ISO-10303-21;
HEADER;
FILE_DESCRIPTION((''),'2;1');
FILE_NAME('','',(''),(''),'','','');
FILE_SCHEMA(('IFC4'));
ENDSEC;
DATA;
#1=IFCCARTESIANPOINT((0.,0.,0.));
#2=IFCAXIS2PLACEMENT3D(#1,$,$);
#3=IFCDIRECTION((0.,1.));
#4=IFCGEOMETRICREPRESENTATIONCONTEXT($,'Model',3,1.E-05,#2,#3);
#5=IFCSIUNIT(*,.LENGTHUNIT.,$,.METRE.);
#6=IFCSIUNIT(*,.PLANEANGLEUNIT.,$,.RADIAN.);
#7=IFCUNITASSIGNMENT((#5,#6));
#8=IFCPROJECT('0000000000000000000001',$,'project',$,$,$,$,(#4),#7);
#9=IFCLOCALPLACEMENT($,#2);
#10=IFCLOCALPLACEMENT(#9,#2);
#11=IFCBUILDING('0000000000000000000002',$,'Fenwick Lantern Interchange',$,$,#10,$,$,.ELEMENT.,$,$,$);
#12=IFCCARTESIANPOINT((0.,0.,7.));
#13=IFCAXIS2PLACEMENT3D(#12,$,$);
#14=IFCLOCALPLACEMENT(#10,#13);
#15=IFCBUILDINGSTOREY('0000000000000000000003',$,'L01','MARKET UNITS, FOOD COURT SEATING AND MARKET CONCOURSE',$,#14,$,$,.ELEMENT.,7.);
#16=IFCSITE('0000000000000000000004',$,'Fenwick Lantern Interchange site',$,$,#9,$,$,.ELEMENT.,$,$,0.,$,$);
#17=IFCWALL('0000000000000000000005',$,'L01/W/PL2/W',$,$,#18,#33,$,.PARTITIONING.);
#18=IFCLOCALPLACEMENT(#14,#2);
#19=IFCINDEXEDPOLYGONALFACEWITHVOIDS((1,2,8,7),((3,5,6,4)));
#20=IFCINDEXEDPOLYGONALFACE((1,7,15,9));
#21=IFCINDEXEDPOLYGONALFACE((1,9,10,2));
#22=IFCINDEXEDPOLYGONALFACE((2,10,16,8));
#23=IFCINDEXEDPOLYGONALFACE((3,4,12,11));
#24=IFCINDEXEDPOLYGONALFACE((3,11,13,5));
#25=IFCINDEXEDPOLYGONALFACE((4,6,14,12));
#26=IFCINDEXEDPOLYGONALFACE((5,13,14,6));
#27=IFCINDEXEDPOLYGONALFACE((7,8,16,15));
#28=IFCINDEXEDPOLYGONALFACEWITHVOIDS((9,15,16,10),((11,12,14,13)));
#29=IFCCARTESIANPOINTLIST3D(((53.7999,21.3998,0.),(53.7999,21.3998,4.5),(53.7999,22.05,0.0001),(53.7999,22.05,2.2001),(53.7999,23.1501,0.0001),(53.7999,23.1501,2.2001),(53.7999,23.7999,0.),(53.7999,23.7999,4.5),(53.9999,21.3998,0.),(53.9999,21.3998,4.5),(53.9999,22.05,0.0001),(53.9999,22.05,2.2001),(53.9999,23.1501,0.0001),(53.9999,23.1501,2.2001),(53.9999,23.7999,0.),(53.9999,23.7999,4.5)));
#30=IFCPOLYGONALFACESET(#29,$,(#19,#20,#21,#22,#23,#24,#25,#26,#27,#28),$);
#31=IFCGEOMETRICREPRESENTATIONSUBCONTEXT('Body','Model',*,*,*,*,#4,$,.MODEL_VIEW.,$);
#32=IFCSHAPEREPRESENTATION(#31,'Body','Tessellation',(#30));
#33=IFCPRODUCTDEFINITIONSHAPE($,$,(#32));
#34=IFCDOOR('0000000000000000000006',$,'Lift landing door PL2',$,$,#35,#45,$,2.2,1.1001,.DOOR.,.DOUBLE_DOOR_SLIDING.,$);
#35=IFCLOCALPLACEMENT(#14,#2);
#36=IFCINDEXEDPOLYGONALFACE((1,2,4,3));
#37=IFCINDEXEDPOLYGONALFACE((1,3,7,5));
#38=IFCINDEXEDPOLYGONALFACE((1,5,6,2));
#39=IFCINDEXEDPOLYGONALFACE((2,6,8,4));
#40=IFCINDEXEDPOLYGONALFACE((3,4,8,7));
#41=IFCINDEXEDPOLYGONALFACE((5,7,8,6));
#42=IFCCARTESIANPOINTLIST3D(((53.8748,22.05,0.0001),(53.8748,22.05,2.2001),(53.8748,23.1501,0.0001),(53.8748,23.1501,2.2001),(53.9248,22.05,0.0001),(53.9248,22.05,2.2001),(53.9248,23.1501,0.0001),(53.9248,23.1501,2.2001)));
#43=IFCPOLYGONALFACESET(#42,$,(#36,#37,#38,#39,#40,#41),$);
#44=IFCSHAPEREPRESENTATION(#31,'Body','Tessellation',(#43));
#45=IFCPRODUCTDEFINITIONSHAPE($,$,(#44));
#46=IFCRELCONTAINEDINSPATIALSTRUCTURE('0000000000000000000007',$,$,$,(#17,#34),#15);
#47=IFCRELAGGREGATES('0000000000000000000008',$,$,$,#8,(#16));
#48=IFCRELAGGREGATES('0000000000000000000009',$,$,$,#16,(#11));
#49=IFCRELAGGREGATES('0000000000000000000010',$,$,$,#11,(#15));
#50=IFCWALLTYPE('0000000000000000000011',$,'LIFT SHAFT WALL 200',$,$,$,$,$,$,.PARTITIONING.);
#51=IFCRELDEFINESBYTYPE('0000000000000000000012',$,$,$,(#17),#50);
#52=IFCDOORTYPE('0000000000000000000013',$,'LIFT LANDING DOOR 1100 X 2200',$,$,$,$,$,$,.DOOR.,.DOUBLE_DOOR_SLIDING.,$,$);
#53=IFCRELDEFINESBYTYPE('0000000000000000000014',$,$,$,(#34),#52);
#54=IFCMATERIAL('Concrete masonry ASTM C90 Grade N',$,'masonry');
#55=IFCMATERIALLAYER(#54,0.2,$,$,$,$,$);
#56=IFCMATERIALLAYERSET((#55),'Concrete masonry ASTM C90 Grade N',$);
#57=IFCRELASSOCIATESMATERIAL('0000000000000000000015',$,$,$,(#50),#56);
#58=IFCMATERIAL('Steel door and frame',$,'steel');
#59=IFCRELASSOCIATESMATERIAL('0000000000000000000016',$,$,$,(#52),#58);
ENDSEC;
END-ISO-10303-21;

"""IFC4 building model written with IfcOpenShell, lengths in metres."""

from ifc_helpers import new_model, si_unit, direction, frame, frame_2d, origin, place, context, subcontext, project, spatial, rectangle, extrude, material, layer, layer_set, type_object, element, fill, save


model = new_model("IFC4")

# Units and contexts
model_context = context("Model", 3, precision=1e-05, world=origin(), true_north=direction((0.0, 1.0)))
body_context = subcontext(model_context, "Body", "Model", "MODEL_VIEW")
ifc_project = project(units=[si_unit("LENGTHUNIT", "METRE"), si_unit("PLANEANGLEUNIT", "RADIAN")], contexts=[model_context])

# Site, building, storey
site_placement = place(None, origin())
site = spatial("IfcSite", under=ifc_project, at=site_placement, Name="Fenwick Lantern Interchange site", CompositionType="ELEMENT", RefElevation=0.0)
building_placement = place(site_placement, origin())
building = spatial("IfcBuilding", under=site, at=building_placement, Name="Fenwick Lantern Interchange", CompositionType="ELEMENT")
storey_placement = place(building_placement, frame((0.0, 0.0, 7.0)))
storey = spatial("IfcBuildingStorey", under=building, at=storey_placement, Name="L01", Description="MARKET UNITS, FOOD COURT SEATING AND MARKET CONCOURSE", CompositionType="ELEMENT", Elevation=7.0)

# Shared definitions
ifc_material_1 = material(Name="Concrete masonry ASTM C90 Grade N", Category="masonry")
ifc_layer = layer(ifc_material_1, 0.2)
ifc_layer_set = layer_set([ifc_layer], Name="Concrete masonry ASTM C90 Grade N")
wall_type = type_object("IfcWallType", Name="LIFT SHAFT WALL 200", PredefinedType="PARTITIONING", material=ifc_layer_set)

# Wall, opening, door
wall_1_placement = place(storey_placement, frame((53.8999, 23.8, 0.0), z_axis=(0.0, 0.0, 1.0), x_axis=(0.0, -1.0, 0.0)))
wall_1 = element("IfcWall", 1, at=wall_1_placement, inside=storey, type_object=wall_type, Name="L01/W/PL2/W", PredefinedType="PARTITIONING", context=body_context, shape_type="SweptSolid", body=[
    extrude(rectangle(XDim=2.4001, YDim=0.2, at=frame_2d((1.2002, 0.0))), origin(), (0.0, 0.0, 1.0), 4.5),
])
opening_placement = place(wall_1_placement, frame((0.6499, 0.0, 0.0)))
opening = element("IfcOpeningElement", 2, at=opening_placement, cuts=wall_1, PredefinedType="OPENING", context=body_context, shape_type="SweptSolid", body=[
    extrude(rectangle(XDim=1.1001, YDim=2.2, at=frame_2d((0.55, 1.1001))), frame((0.0, 0.1099, 0.0), z_axis=(0.0, -1.0, 0.0), x_axis=(1.0, 0.0, 0.0)), (0.0, 0.0, 1.0), 0.22),
])
ifc_material_2 = material(Name="Steel door and frame", Category="steel")
door_type = type_object("IfcDoorType", Name="LIFT LANDING DOOR 1100 X 2200", OperationType="DOUBLE_DOOR_SLIDING", PredefinedType="DOOR", material=ifc_material_2)
door_placement = place(opening_placement, origin())
door = element("IfcDoor", 3, at=door_placement, inside=storey, type_object=door_type, Name="Lift landing door PL2", OperationType="DOUBLE_DOOR_SLIDING", OverallHeight=2.2, OverallWidth=1.1001, PredefinedType="DOOR", context=body_context, shape_type="SweptSolid", body=[
    extrude(rectangle(XDim=1.1001, YDim=2.2, at=frame_2d((0.55, 1.1001))), frame((0.0, 0.0249, 0.0), z_axis=(0.0, -1.0, 0.0), x_axis=(1.0, 0.0, 0.0)), (0.0, 0.0, 1.0), 0.05),
])
fill(opening, door)

save(model, "model.ifc")
